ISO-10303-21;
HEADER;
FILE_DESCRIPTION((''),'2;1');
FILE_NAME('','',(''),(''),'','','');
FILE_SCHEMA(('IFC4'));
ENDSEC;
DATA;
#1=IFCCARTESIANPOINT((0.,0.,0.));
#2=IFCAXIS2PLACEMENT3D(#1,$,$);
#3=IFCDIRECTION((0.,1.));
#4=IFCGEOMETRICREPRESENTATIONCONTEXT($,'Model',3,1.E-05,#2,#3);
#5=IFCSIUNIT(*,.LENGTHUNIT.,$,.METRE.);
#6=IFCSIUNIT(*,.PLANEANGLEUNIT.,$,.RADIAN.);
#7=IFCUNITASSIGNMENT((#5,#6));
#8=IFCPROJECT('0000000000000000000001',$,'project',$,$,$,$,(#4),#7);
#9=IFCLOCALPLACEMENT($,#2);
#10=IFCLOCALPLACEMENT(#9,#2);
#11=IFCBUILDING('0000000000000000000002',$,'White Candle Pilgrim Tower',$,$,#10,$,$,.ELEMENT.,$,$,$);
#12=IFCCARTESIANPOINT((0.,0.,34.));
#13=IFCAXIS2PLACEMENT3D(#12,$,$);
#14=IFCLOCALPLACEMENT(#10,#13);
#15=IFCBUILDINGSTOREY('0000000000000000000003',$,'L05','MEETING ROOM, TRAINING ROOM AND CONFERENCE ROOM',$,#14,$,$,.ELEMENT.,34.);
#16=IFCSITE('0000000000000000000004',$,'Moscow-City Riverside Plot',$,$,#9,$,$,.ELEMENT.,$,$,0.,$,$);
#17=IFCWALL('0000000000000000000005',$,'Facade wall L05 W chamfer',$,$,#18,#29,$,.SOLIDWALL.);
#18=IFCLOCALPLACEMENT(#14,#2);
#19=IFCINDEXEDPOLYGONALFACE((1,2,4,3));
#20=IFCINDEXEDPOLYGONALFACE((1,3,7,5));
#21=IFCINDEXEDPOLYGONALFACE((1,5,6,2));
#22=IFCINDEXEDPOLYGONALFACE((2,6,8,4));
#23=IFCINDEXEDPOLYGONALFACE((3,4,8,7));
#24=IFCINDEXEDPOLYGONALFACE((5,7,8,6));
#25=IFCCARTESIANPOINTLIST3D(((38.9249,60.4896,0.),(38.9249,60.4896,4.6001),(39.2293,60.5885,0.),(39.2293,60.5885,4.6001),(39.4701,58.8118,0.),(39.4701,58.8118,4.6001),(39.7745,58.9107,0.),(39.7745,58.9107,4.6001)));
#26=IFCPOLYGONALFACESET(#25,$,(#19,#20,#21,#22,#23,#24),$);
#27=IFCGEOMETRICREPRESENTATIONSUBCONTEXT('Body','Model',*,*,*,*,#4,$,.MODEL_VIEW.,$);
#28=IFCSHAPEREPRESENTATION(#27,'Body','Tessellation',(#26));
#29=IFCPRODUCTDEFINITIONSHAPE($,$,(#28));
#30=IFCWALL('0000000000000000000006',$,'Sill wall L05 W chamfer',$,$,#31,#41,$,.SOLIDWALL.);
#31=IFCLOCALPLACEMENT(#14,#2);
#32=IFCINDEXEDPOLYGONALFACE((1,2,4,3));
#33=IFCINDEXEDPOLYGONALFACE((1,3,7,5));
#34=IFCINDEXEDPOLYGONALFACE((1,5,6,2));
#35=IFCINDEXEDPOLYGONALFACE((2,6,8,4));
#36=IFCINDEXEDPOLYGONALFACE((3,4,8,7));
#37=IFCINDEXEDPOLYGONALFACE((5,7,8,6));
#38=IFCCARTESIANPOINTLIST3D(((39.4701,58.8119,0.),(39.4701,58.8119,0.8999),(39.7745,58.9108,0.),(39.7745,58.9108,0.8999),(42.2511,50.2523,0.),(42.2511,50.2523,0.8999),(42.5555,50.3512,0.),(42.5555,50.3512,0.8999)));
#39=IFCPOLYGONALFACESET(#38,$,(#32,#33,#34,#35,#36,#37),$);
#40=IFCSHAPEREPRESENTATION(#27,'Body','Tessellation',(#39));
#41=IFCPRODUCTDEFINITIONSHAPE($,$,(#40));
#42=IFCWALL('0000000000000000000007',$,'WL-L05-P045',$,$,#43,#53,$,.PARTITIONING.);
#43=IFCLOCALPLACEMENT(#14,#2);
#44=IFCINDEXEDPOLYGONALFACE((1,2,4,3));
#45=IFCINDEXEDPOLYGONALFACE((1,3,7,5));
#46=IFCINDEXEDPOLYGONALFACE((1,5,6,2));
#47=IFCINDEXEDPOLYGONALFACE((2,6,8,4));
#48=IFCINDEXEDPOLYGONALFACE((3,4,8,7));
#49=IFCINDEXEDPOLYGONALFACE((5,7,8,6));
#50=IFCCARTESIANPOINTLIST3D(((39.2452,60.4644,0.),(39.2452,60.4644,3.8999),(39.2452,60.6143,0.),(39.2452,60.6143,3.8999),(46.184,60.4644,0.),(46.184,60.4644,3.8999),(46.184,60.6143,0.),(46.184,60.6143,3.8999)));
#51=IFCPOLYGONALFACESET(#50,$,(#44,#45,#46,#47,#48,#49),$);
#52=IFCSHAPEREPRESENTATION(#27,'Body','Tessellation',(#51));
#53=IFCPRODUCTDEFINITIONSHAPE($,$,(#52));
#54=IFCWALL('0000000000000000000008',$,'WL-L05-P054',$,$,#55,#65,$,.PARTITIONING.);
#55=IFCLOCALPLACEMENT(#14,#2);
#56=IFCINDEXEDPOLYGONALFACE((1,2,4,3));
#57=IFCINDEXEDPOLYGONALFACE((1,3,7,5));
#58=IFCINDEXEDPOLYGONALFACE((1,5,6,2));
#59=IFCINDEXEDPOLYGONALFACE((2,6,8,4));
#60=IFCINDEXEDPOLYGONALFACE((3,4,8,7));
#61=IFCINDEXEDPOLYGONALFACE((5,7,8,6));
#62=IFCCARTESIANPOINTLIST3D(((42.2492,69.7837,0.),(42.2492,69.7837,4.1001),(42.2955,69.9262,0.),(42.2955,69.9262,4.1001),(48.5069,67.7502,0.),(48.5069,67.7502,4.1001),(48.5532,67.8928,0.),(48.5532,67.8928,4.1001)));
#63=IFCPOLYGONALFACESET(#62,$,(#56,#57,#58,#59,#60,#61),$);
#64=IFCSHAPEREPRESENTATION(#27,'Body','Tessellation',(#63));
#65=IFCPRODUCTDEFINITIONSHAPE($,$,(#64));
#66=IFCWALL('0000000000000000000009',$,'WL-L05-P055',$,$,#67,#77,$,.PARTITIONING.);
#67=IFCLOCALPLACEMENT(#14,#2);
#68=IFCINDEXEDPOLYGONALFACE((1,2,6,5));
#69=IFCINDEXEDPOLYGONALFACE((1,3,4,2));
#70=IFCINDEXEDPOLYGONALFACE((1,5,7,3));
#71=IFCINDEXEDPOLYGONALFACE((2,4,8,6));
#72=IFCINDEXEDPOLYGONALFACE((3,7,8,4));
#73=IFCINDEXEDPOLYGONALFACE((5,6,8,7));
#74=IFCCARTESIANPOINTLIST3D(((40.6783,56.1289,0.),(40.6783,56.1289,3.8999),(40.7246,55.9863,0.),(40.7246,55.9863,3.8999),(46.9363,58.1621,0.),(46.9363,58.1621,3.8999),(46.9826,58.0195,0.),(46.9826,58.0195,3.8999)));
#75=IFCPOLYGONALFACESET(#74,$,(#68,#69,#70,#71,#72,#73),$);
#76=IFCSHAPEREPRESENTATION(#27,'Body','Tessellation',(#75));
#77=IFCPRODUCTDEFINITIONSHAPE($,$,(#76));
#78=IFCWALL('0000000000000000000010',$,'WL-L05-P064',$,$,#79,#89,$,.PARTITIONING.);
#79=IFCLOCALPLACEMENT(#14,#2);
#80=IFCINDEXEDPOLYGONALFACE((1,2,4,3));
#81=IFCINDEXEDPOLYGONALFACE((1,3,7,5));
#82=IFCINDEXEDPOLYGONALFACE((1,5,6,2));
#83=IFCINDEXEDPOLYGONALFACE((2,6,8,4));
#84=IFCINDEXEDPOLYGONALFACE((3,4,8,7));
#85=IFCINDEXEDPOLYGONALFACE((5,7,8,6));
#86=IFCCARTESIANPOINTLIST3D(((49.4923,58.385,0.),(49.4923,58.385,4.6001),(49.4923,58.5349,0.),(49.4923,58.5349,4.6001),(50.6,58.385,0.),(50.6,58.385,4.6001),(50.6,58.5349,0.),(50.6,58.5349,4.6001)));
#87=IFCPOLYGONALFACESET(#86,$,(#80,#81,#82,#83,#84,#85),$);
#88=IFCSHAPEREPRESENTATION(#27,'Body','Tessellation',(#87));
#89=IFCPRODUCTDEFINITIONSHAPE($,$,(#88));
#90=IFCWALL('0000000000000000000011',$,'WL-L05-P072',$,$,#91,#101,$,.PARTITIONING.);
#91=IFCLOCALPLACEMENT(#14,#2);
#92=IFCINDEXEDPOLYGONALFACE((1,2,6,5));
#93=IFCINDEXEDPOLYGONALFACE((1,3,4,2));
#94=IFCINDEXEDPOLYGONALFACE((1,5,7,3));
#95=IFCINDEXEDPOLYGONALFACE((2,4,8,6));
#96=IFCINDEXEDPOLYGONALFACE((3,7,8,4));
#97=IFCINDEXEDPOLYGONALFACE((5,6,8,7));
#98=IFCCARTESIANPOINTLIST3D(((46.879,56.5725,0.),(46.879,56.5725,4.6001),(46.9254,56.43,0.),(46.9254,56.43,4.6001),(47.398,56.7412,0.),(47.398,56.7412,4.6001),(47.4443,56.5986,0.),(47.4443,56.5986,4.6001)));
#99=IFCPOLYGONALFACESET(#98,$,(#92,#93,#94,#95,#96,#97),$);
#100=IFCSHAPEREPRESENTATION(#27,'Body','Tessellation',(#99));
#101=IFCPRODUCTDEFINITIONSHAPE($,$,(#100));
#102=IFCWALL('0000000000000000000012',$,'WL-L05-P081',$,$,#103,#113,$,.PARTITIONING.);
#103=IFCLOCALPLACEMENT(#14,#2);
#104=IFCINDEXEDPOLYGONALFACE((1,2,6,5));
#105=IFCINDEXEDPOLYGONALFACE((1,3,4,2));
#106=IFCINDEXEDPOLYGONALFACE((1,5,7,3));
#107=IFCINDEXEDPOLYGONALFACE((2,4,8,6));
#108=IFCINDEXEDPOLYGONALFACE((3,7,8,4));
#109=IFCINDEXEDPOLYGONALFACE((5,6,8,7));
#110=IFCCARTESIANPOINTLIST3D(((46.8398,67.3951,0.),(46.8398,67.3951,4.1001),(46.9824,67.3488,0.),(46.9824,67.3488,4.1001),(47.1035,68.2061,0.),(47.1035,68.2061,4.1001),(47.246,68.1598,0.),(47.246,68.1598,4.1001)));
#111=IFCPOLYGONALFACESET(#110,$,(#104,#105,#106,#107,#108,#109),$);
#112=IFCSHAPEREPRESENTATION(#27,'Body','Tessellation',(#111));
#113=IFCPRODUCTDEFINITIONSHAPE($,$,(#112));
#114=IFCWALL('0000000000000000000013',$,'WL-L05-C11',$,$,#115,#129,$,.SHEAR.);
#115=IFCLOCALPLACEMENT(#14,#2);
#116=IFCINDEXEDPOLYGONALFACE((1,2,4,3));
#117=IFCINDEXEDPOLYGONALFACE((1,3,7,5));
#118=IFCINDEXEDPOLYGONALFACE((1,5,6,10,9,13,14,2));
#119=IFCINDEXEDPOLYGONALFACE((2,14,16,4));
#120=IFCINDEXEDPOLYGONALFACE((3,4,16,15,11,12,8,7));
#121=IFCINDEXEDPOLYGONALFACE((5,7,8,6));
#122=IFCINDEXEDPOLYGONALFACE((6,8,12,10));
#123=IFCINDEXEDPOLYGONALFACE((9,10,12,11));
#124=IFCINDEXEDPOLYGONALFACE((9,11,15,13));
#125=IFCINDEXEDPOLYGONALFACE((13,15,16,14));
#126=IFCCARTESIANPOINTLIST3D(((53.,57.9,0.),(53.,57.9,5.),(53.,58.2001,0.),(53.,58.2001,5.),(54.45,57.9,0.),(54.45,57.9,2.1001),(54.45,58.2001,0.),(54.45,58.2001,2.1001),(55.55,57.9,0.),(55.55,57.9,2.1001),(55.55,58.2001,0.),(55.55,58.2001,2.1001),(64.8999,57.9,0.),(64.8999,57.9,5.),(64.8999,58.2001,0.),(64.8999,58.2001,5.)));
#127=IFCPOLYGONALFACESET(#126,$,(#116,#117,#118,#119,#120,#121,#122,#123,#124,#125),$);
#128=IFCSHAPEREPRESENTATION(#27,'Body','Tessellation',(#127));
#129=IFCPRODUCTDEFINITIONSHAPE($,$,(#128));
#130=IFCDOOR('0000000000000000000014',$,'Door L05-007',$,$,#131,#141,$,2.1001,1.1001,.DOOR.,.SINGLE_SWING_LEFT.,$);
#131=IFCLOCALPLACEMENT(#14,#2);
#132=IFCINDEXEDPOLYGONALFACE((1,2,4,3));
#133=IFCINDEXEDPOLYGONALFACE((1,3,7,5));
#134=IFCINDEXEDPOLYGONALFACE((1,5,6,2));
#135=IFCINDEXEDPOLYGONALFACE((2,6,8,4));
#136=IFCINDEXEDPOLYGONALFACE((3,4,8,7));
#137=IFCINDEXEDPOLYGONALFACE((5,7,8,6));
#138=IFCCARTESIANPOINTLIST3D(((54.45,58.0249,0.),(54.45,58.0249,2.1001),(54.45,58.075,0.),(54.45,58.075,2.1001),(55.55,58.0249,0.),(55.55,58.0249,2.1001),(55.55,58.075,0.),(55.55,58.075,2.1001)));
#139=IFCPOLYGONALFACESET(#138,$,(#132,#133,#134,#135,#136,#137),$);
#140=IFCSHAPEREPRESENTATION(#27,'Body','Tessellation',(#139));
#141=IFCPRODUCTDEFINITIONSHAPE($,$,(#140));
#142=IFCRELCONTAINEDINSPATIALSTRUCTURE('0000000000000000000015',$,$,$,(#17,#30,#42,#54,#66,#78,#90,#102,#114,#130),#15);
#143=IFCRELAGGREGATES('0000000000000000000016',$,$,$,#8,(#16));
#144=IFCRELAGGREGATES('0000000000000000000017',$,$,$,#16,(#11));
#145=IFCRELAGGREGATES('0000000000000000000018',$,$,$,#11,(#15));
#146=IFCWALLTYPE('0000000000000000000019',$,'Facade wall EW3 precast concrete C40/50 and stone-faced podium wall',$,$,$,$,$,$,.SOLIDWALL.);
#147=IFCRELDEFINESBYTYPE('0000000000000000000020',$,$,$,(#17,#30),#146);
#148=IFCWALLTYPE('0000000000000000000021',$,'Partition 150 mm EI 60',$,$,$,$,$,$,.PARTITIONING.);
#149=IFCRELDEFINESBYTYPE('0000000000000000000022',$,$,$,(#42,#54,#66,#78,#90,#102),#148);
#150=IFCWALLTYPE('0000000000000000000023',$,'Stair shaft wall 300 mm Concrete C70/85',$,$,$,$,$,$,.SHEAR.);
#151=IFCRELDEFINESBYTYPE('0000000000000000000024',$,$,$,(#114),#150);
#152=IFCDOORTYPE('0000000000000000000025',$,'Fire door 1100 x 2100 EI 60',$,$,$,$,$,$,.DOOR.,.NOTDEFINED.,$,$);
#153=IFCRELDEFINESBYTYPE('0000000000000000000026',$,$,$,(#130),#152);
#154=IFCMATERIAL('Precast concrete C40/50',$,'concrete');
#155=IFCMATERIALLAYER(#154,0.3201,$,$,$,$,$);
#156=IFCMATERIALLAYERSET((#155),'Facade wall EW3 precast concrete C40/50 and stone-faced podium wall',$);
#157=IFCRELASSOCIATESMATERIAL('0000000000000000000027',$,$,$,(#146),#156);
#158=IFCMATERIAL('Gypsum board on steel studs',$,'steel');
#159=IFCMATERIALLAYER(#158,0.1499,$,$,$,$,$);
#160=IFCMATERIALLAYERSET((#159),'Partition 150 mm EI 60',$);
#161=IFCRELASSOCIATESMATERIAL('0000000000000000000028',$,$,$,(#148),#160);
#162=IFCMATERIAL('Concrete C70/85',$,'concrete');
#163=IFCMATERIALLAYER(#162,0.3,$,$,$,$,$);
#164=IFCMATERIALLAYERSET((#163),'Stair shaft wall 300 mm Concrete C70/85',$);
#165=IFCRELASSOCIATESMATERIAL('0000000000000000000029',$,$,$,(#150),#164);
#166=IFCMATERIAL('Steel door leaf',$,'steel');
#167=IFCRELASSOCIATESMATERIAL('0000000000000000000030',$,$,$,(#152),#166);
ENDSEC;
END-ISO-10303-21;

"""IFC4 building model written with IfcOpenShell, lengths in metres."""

from ifc_helpers import new_model, si_unit, direction, frame, frame_2d, origin, place, context, subcontext, project, spatial, rectangle, extrude, material, layer, layer_set, type_object, element, fill, save


model = new_model("IFC4")

# Units and contexts
model_context = context("Model", 3, precision=1e-05, world=origin(), true_north=direction((0.0, 1.0)))
body_context = subcontext(model_context, "Body", "Model", "MODEL_VIEW")
ifc_project = project(units=[si_unit("LENGTHUNIT", "METRE"), si_unit("PLANEANGLEUNIT", "RADIAN")], contexts=[model_context])

# Site, building, storey
site_placement = place(None, origin())
site = spatial("IfcSite", under=ifc_project, at=site_placement, Name="Moscow-City Riverside Plot", CompositionType="ELEMENT", RefElevation=0.0)
building_placement = place(site_placement, origin())
building = spatial("IfcBuilding", under=site, at=building_placement, Name="White Candle Pilgrim Tower", CompositionType="ELEMENT")
storey_placement = place(building_placement, frame((0.0, 0.0, 34.0)))
storey = spatial("IfcBuildingStorey", under=building, at=storey_placement, Name="L05", Description="MEETING ROOM, TRAINING ROOM AND CONFERENCE ROOM", CompositionType="ELEMENT", Elevation=34.0)

# Shared definitions
ifc_material_1 = material(Name="Gypsum board on steel studs", Category="steel")
ifc_material_2 = material(Name="Steel door leaf", Category="steel")

# Walls
ifc_material_3 = material(Name="Precast concrete C40/50", Category="concrete")
ifc_layer_1 = layer(ifc_material_3, 0.3201)
ifc_layer_set_1 = layer_set([ifc_layer_1], Name="Facade wall EW3 precast concrete C40/50 and stone-faced podium wall")
wall_type_1 = type_object("IfcWallType", Name="Facade wall EW3 precast concrete C40/50 and stone-faced podium wall", PredefinedType="SOLIDWALL", material=ifc_layer_set_1)
wall_1_placement = place(storey_placement, frame((39.0771, 60.5391, 0.0), z_axis=(0.0, 0.0, 1.0), x_axis=(0.309036, -0.95105, 0.0)))
element("IfcWall", 1, at=wall_1_placement, inside=storey, type_object=wall_type_1, Name="Facade wall L05 W chamfer", PredefinedType="SOLIDWALL", context=body_context, shape_type="SweptSolid", body=[
    extrude(rectangle(XDim=1.7642, YDim=0.3201, at=frame_2d((0.8821, 0.0))), origin(), (0.0, 0.0, 1.0), 4.6001),
])
wall_2_placement = place(storey_placement, frame((39.6223, 58.8613, 0.0), z_axis=(0.0, 0.0, 1.0), x_axis=(0.309, -0.951062, 0.0)))
element("IfcWall", 2, at=wall_2_placement, inside=storey, type_object=wall_type_1, Name="Sill wall L05 W chamfer", PredefinedType="SOLIDWALL", context=body_context, shape_type="SweptSolid", body=[
    extrude(rectangle(XDim=9.0, YDim=0.3201, at=frame_2d((4.5, 0.0))), origin(), (0.0, 0.0, 1.0), 0.8999),
])
ifc_layer_2 = layer(ifc_material_1, 0.1499)
ifc_layer_set_2 = layer_set([ifc_layer_2], Name="Partition 150 mm EI 60")
wall_type_2 = type_object("IfcWallType", Name="Partition 150 mm EI 60", PredefinedType="PARTITIONING", material=ifc_layer_set_2)
wall_3_placement = place(storey_placement, frame((39.2454, 60.5393, 0.0), z_axis=(0.0, 0.0, 1.0), x_axis=(1.0, 0.0, 0.0)))
element("IfcWall", 3, at=wall_3_placement, inside=storey, type_object=wall_type_2, Name="WL-L05-P045", PredefinedType="PARTITIONING", context=body_context, shape_type="SweptSolid", body=[
    extrude(rectangle(XDim=6.9387, YDim=0.1499, at=frame_2d((3.4692, 0.0))), origin(), (0.0, 0.0, 1.0), 3.8999),
])
wall_4_placement = place(storey_placement, frame((42.2722, 69.855, 0.0), z_axis=(0.0, 0.0, 1.0), x_axis=(0.951049, -0.309039, 0.0)))
element("IfcWall", 4, at=wall_4_placement, inside=storey, type_object=wall_type_2, Name="WL-L05-P054", PredefinedType="PARTITIONING", context=body_context, shape_type="SweptSolid", body=[
    extrude(rectangle(XDim=6.5798, YDim=0.1499, at=frame_2d((3.29, 0.0))), origin(), (0.0, 0.0, 1.0), 4.1001),
])
wall_5_placement = place(storey_placement, frame((40.7014, 56.0576, 0.0), z_axis=(0.0, 0.0, 1.0), x_axis=(0.951064, 0.308995, 0.0)))
element("IfcWall", 5, at=wall_5_placement, inside=storey, type_object=wall_type_2, Name="WL-L05-P055", PredefinedType="PARTITIONING", context=body_context, shape_type="SweptSolid", body=[
    extrude(rectangle(XDim=6.5801, YDim=0.1499, at=frame_2d((3.29, 0.0))), origin(), (0.0, 0.0, 1.0), 3.8999),
])
wall_6_placement = place(storey_placement, frame((49.4924, 58.46, 0.0), z_axis=(0.0, 0.0, 1.0), x_axis=(1.0, 0.0, 0.0)))
element("IfcWall", 6, at=wall_6_placement, inside=storey, type_object=wall_type_2, Name="WL-L05-P064", PredefinedType="PARTITIONING", context=body_context, shape_type="SweptSolid", body=[
    extrude(rectangle(XDim=1.1077, YDim=0.1499, at=frame_2d((0.5537, 0.0))), origin(), (0.0, 0.0, 1.0), 4.6001),
])
wall_7_placement = place(storey_placement, frame((46.9021, 56.5012, 0.0), z_axis=(0.0, 0.0, 1.0), x_axis=(0.951027, 0.309106, 0.0)))
element("IfcWall", 7, at=wall_7_placement, inside=storey, type_object=wall_type_2, Name="WL-L05-P072", PredefinedType="PARTITIONING", context=body_context, shape_type="SweptSolid", body=[
    extrude(rectangle(XDim=0.5457, YDim=0.1499, at=frame_2d((0.2729, 0.0))), origin(), (0.0, 0.0, 1.0), 4.6001),
])
wall_8_placement = place(storey_placement, frame((46.9111, 67.3721, 0.0), z_axis=(0.0, 0.0, 1.0), x_axis=(0.309177, 0.951005, 0.0)))
element("IfcWall", 8, at=wall_8_placement, inside=storey, type_object=wall_type_2, Name="WL-L05-P081", PredefinedType="PARTITIONING", context=body_context, shape_type="SweptSolid", body=[
    extrude(rectangle(XDim=0.8528, YDim=0.1499, at=frame_2d((0.4263, 0.0))), origin(), (0.0, 0.0, 1.0), 4.1001),
])

# Wall, opening, door
ifc_material_4 = material(Name="Concrete C70/85", Category="concrete")
ifc_layer_3 = layer(ifc_material_4, 0.3)
ifc_layer_set_3 = layer_set([ifc_layer_3], Name="Stair shaft wall 300 mm Concrete C70/85")
wall_type_3 = type_object("IfcWallType", Name="Stair shaft wall 300 mm Concrete C70/85", PredefinedType="SHEAR", material=ifc_layer_set_3)
wall_9_placement = place(storey_placement, frame((53.0, 58.05, 0.0), z_axis=(0.0, 0.0, 1.0), x_axis=(1.0, 0.0, 0.0)))
wall_9 = element("IfcWall", 9, at=wall_9_placement, inside=storey, type_object=wall_type_3, Name="WL-L05-C11", PredefinedType="SHEAR", context=body_context, shape_type="SweptSolid", body=[
    extrude(rectangle(XDim=11.8999, YDim=0.3, at=frame_2d((5.95, 0.0))), origin(), (0.0, 0.0, 1.0), 5.0),
])
opening_1_placement = place(wall_9_placement, frame((1.45, 0.0, 0.0)))
opening_1 = element("IfcOpeningElement", 10, at=opening_1_placement, cuts=wall_9, PredefinedType="OPENING", context=body_context, shape_type="SweptSolid", body=[
    extrude(rectangle(XDim=1.1001, YDim=2.1001, at=frame_2d((0.55, 1.05))), frame((0.0, 0.1599, 0.0), z_axis=(0.0, -1.0, 0.0), x_axis=(1.0, 0.0, 0.0)), (0.0, 0.0, 1.0), 0.3201),
])
door_type_1 = type_object("IfcDoorType", Name="Fire door 1100 x 2100 EI 60", OperationType="NOTDEFINED", PredefinedType="DOOR", material=ifc_material_2)
door_1_placement = place(opening_1_placement, origin())
door_1 = element("IfcDoor", 11, at=door_1_placement, inside=storey, type_object=door_type_1, Name="Door L05-007", OperationType="SINGLE_SWING_LEFT", OverallHeight=2.1001, OverallWidth=1.1001, PredefinedType="DOOR", context=body_context, shape_type="SweptSolid", body=[
    extrude(rectangle(XDim=1.1001, YDim=2.1001, at=frame_2d((0.55, 1.05))), frame((0.0, 0.0249, 0.0), z_axis=(0.0, -1.0, 0.0), x_axis=(1.0, 0.0, 0.0)), (0.0, 0.0, 1.0), 0.05),
])
fill(opening_1, door_1)

save(model, "model.ifc")
